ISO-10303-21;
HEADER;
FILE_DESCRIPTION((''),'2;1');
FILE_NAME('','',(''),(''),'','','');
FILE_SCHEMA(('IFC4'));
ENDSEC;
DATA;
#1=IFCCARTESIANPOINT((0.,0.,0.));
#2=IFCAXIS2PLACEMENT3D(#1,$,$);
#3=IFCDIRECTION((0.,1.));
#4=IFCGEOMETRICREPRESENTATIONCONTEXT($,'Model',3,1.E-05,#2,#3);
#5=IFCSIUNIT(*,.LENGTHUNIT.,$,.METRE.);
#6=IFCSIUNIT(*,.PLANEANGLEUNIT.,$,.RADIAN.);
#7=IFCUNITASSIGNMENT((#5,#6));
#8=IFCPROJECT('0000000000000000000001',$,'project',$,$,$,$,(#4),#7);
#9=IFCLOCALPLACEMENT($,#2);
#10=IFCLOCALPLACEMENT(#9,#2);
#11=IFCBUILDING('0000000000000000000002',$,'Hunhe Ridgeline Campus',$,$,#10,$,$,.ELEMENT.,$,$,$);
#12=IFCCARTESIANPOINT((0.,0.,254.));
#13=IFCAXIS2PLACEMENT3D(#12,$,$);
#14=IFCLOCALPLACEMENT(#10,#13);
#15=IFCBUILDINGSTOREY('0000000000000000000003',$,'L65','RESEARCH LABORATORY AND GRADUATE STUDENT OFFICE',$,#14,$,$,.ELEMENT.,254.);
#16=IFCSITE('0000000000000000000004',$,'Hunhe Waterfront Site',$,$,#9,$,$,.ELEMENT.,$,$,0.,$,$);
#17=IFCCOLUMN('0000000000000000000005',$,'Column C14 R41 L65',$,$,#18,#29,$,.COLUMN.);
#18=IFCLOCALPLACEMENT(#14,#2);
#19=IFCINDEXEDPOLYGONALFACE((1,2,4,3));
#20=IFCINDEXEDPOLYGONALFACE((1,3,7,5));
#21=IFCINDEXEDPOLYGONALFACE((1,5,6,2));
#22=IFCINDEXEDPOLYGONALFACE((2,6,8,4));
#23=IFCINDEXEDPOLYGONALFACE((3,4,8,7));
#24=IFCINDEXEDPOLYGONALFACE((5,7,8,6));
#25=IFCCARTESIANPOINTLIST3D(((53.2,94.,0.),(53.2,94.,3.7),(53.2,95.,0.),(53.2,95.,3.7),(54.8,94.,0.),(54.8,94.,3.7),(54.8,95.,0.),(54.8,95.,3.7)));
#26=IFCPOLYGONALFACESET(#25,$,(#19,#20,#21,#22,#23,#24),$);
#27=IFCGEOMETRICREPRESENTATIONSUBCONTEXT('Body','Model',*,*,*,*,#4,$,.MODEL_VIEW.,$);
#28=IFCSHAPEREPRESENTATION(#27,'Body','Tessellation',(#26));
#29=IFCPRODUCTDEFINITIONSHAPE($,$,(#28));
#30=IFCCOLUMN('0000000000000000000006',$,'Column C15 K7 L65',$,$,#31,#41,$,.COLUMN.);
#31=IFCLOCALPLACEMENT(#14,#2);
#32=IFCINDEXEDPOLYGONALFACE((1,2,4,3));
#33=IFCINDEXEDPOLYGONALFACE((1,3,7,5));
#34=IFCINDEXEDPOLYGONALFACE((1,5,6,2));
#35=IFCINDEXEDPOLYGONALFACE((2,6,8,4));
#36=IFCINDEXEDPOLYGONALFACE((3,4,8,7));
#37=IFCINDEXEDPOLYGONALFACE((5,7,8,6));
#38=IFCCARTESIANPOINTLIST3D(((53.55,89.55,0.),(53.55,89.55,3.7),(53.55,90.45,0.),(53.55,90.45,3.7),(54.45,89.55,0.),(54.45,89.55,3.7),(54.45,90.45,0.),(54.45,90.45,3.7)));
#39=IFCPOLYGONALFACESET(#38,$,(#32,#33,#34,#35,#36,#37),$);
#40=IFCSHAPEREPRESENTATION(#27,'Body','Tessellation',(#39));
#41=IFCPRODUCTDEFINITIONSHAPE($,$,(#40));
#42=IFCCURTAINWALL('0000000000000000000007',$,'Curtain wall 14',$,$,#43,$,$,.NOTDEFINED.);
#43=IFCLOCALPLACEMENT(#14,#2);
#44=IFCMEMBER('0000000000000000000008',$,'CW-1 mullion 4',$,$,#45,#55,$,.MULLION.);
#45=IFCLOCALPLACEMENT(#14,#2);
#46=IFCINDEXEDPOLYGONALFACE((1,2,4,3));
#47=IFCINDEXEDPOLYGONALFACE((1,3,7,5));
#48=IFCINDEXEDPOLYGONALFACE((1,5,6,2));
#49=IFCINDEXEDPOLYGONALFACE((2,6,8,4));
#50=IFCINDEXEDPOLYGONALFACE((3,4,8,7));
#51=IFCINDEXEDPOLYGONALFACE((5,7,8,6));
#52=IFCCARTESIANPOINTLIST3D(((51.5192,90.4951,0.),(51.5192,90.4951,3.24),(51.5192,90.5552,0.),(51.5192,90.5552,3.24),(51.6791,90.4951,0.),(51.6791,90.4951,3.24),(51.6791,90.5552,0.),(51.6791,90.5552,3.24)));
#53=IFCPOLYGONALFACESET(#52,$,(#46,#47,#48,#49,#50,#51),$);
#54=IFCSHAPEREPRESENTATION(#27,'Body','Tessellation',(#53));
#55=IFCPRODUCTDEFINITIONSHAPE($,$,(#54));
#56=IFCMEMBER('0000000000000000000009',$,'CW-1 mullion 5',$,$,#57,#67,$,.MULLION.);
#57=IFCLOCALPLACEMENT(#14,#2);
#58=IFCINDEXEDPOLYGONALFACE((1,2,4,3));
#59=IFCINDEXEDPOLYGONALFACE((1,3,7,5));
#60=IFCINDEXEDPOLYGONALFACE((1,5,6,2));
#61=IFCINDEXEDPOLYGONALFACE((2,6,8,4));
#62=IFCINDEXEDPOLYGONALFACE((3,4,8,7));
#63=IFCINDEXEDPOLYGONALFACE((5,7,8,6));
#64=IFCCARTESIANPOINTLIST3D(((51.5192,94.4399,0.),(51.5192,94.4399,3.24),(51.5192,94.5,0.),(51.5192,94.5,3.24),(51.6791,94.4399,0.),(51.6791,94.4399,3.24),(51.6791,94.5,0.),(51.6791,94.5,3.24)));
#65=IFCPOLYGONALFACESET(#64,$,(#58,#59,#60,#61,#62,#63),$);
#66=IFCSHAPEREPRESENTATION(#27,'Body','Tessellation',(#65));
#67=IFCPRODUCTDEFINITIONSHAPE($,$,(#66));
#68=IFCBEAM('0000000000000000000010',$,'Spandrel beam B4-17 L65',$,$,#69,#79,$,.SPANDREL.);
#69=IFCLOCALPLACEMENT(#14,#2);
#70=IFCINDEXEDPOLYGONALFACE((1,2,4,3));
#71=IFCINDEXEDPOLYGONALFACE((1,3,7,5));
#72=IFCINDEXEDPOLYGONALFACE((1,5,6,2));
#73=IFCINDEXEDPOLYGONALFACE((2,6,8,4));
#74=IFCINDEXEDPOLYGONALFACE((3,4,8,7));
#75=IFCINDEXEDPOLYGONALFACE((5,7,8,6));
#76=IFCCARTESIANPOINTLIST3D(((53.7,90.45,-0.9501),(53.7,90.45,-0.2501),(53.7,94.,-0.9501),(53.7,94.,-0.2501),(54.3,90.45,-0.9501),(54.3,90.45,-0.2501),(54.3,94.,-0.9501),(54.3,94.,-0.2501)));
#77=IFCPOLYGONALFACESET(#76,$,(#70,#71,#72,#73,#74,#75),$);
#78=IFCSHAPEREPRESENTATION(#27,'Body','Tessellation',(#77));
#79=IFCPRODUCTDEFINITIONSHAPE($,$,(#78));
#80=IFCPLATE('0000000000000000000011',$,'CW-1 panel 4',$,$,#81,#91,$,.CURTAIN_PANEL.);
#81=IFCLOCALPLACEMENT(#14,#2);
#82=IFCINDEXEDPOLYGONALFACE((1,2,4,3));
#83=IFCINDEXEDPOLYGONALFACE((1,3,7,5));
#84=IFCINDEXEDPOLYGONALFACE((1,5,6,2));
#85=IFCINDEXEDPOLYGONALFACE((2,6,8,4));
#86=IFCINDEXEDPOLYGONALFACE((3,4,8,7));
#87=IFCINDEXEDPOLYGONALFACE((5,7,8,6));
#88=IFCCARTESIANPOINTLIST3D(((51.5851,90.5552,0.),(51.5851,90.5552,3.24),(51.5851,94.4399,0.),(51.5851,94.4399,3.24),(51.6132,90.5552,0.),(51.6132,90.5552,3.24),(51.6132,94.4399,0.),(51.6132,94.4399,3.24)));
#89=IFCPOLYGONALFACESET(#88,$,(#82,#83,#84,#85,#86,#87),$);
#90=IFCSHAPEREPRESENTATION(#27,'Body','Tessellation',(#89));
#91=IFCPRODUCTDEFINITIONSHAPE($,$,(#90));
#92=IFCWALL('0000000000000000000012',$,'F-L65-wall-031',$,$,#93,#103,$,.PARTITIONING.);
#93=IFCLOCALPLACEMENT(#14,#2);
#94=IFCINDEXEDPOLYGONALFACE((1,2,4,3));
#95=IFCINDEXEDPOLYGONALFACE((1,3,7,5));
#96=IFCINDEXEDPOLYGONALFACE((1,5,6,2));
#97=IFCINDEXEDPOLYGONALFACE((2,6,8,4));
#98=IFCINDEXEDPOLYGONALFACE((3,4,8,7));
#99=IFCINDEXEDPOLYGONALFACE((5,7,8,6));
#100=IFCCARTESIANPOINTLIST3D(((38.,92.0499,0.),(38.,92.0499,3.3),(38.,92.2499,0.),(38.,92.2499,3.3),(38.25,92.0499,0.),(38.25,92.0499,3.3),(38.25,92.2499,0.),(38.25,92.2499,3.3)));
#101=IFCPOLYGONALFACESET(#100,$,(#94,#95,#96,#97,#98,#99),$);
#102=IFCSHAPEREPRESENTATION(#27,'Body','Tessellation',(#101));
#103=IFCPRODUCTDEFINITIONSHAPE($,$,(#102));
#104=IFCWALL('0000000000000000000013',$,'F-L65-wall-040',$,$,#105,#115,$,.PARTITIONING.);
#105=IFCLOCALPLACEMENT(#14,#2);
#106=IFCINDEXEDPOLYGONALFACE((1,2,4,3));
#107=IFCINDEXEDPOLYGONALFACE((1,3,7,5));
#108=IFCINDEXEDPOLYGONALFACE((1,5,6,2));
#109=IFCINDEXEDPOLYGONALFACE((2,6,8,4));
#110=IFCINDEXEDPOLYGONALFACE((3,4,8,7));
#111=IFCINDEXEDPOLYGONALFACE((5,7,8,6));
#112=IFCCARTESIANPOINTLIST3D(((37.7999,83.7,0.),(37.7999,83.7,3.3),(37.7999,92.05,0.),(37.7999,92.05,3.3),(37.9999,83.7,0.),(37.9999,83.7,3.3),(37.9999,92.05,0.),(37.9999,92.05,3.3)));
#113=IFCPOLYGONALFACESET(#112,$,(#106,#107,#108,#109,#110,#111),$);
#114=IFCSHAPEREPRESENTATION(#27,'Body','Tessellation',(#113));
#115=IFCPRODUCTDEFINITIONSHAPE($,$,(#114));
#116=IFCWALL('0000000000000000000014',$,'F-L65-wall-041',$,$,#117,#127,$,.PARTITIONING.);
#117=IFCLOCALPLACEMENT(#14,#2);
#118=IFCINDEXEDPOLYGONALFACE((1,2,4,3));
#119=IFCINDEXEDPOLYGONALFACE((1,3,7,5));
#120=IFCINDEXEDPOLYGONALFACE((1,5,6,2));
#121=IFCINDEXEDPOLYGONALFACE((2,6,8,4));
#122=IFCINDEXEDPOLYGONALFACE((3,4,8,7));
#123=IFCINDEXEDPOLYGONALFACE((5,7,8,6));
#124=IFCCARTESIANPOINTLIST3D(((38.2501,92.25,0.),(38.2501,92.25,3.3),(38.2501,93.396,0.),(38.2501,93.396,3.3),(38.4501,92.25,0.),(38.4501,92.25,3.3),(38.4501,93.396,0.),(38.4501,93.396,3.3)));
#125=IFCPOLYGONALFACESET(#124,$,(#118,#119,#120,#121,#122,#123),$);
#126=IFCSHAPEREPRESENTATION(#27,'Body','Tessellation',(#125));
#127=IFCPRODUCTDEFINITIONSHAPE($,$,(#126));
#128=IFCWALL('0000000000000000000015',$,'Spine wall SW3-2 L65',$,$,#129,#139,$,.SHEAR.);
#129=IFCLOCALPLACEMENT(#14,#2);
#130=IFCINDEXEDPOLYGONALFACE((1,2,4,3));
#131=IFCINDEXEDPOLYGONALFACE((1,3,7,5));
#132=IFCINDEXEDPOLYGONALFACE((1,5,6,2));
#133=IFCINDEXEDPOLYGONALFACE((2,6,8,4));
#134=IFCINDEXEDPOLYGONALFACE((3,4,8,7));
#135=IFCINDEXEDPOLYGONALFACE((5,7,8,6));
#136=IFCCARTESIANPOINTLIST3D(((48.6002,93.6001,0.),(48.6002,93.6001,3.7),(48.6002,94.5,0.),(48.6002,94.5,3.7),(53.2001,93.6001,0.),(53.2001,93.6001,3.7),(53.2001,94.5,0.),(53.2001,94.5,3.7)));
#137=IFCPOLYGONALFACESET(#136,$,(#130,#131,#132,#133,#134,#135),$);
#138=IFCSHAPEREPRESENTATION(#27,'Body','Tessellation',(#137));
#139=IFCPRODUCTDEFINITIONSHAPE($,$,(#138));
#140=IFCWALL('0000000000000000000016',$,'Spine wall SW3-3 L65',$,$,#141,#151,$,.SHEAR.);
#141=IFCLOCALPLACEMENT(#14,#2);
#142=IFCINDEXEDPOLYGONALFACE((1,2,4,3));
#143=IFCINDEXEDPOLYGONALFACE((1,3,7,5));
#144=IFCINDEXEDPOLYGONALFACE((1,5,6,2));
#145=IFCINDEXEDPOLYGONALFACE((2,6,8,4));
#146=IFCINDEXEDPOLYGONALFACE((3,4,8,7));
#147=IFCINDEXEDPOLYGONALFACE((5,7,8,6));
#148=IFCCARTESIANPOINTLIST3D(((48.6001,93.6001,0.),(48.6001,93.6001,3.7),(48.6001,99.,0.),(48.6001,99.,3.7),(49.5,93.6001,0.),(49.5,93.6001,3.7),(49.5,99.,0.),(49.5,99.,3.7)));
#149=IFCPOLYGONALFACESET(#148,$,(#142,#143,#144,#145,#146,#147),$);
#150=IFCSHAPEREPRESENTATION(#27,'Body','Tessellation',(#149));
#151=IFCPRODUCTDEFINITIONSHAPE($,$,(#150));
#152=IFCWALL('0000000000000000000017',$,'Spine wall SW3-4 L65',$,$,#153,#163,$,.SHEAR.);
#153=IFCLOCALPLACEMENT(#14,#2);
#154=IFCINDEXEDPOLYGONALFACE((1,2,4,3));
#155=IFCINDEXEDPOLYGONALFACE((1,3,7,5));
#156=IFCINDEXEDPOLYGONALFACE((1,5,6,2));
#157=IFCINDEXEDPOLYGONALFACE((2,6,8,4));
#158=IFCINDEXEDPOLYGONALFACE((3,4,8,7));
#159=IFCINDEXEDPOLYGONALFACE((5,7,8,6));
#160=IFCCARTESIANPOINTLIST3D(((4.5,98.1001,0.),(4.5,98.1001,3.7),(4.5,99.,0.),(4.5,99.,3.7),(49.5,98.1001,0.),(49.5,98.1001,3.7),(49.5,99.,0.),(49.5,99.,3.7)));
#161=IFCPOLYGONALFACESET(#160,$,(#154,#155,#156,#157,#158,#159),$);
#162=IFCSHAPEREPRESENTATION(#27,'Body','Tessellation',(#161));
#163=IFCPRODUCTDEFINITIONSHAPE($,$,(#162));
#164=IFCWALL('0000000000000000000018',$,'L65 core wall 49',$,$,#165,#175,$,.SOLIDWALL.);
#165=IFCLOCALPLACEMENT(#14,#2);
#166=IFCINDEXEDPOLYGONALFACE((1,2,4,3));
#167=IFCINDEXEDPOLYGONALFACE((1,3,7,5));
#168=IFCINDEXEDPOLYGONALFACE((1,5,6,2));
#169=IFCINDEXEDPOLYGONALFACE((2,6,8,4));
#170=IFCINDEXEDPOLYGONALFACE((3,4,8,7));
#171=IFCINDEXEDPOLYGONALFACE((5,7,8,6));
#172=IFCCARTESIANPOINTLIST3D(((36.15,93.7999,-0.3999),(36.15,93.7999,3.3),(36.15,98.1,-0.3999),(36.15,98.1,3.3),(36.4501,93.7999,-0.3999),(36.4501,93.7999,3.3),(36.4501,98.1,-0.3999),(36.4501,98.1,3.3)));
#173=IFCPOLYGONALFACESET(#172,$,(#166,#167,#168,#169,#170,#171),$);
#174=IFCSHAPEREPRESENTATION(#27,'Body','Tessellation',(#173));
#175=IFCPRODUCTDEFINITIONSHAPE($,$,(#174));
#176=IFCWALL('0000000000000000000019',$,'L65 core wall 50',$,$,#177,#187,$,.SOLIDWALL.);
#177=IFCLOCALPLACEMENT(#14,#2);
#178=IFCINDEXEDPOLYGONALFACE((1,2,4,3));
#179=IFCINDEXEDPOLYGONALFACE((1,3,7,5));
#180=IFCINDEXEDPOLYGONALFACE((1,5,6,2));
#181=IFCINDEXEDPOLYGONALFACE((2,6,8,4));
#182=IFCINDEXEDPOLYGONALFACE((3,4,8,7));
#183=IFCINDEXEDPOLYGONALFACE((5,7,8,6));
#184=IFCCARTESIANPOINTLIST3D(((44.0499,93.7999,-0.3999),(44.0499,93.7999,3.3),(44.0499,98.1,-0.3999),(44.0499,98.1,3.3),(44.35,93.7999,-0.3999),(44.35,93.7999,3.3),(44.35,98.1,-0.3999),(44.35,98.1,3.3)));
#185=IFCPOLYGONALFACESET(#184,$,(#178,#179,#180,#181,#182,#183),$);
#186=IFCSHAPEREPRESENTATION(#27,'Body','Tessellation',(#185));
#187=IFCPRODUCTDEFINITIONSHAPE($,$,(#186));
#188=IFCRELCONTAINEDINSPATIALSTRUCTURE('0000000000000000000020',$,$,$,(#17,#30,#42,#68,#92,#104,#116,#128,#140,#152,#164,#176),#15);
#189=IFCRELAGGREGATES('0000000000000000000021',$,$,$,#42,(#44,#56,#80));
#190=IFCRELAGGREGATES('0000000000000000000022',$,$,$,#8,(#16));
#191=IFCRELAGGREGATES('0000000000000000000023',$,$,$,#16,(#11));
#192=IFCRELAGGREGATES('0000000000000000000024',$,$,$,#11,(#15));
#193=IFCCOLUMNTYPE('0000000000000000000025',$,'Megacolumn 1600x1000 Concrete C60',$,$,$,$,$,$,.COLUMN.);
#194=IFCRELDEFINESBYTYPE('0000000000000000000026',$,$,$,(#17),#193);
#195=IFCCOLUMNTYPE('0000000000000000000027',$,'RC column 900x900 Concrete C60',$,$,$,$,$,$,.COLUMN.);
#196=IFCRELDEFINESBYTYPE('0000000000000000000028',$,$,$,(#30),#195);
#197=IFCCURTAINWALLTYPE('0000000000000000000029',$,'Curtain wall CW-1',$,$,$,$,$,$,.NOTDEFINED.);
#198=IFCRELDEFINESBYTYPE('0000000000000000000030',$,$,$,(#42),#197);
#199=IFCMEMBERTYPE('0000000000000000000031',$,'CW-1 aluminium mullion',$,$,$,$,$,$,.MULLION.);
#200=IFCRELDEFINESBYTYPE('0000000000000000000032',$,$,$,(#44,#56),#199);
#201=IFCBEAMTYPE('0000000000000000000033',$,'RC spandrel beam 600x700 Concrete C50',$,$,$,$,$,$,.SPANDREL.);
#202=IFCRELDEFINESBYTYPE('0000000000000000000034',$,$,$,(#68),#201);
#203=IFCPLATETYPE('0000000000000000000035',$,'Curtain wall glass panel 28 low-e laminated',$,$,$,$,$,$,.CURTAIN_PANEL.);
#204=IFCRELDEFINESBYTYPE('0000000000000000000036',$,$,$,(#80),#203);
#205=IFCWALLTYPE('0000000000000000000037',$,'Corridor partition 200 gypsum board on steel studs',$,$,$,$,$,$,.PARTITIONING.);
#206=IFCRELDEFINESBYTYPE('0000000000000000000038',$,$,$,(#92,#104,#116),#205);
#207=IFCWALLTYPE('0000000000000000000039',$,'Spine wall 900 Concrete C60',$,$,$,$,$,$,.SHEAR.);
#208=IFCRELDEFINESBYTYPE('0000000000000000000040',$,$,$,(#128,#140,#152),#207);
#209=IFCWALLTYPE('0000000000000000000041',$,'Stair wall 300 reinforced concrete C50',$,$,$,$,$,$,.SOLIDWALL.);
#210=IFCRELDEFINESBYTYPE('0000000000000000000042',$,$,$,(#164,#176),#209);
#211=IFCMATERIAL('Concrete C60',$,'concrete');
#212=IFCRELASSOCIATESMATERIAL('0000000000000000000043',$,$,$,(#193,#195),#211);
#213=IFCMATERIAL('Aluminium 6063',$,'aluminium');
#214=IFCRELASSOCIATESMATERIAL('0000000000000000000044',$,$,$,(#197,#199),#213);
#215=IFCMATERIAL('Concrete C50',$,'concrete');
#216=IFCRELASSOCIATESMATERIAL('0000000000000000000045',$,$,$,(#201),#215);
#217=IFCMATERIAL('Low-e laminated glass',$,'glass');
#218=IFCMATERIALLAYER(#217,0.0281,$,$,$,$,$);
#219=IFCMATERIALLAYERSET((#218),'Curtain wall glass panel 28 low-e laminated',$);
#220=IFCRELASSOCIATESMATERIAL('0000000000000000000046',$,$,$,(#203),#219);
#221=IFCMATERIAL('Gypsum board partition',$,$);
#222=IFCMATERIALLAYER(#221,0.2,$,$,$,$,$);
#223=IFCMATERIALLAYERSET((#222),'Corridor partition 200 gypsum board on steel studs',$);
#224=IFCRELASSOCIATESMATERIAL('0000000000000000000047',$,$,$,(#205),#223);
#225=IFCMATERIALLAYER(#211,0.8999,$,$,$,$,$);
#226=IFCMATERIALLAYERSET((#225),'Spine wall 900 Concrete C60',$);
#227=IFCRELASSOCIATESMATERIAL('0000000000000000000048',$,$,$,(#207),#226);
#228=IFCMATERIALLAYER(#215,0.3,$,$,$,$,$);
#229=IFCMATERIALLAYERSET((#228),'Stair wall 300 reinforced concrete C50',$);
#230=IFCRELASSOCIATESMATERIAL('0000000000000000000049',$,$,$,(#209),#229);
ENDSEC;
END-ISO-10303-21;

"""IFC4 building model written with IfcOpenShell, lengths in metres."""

from ifc_helpers import new_model, si_unit, direction, frame, frame_2d, origin, origin_2d, place, context, subcontext, project, spatial, rectangle, extrude, material, layer, layer_set, material_profile, profile_set, type_object, element, aggregate, save


model = new_model("IFC4")

# Units and contexts
model_context = context("Model", 3, precision=1e-05, world=origin(), true_north=direction((0.0, 1.0)))
body_context = subcontext(model_context, "Body", "Model", "MODEL_VIEW")
ifc_project = project(units=[si_unit("LENGTHUNIT", "METRE"), si_unit("PLANEANGLEUNIT", "RADIAN")], contexts=[model_context])

# Site, building, storey
site_placement = place(None, origin())
site = spatial("IfcSite", under=ifc_project, at=site_placement, Name="Hunhe Waterfront Site", CompositionType="ELEMENT", RefElevation=0.0)
building_placement = place(site_placement, origin())
building = spatial("IfcBuilding", under=site, at=building_placement, Name="Hunhe Ridgeline Campus", CompositionType="ELEMENT")
storey_placement = place(building_placement, frame((0.0, 0.0, 254.0)))
storey = spatial("IfcBuildingStorey", under=building, at=storey_placement, Name="L65", Description="RESEARCH LABORATORY AND GRADUATE STUDENT OFFICE", CompositionType="ELEMENT", Elevation=254.0)

# Columns
ifc_material_1 = material(Name="Concrete C60", Category="concrete")
ifc_material_profile_1 = material_profile(ifc_material_1, rectangle(XDim=1.6001, YDim=1.0, at=origin_2d()))
ifc_profile_set_1 = profile_set([ifc_material_profile_1], Name="Concrete C60")
column_type_1 = type_object("IfcColumnType", Name="Megacolumn 1600x1000 Concrete C60", PredefinedType="COLUMN", material=ifc_profile_set_1)
column_1_placement = place(storey_placement, frame((54.0, 94.5, 0.0), z_axis=(0.0, 0.0, 1.0), x_axis=(1.0, 0.0, 0.0)))
element("IfcColumn", 1, at=column_1_placement, inside=storey, type_object=column_type_1, Name="Column C14 R41 L65", PredefinedType="COLUMN", context=body_context, shape_type="SweptSolid", body=[
    extrude(rectangle(XDim=1.6001, YDim=1.0, at=origin_2d()), origin(), (0.0, 0.0, 1.0), 3.7),
])
ifc_material_profile_2 = material_profile(ifc_material_1, rectangle(XDim=0.8999, YDim=0.8999, at=origin_2d()))
ifc_profile_set_2 = profile_set([ifc_material_profile_2], Name="Concrete C60")
column_type_2 = type_object("IfcColumnType", Name="RC column 900x900 Concrete C60", PredefinedType="COLUMN", material=ifc_profile_set_2)
column_2_placement = place(storey_placement, frame((54.0, 90.0, 0.0), z_axis=(0.0, 0.0, 1.0), x_axis=(1.0, 0.0, 0.0)))
element("IfcColumn", 2, at=column_2_placement, inside=storey, type_object=column_type_2, Name="Column C15 K7 L65", PredefinedType="COLUMN", context=body_context, shape_type="SweptSolid", body=[
    extrude(rectangle(XDim=0.8999, YDim=0.8999, at=origin_2d()), origin(), (0.0, 0.0, 1.0), 3.7),
])

# Curtain wall, members
ifc_material_2 = material(Name="Aluminium 6063", Category="aluminium")
curtain_wall_type = type_object("IfcCurtainWallType", Name="Curtain wall CW-1", PredefinedType="NOTDEFINED", material=ifc_material_2)
curtain_wall_placement = place(storey_placement, origin())
curtain_wall = element("IfcCurtainWall", 3, at=curtain_wall_placement, inside=storey, type_object=curtain_wall_type, Name="Curtain wall 14", PredefinedType="NOTDEFINED")
ifc_material_profile_3 = material_profile(ifc_material_2, rectangle(XDim=0.1599, YDim=0.0601, at=origin_2d()))
ifc_profile_set_3 = profile_set([ifc_material_profile_3], Name="Aluminium 6063")
member_type = type_object("IfcMemberType", Name="CW-1 aluminium mullion", PredefinedType="MULLION", material=ifc_profile_set_3)
member_1_placement = place(storey_placement, frame((51.5991, 90.5251, 0.0), z_axis=(0.0, 0.0, 1.0), x_axis=(-1.0, 0.0, 0.0)))
member_1 = element("IfcMember", 4, at=member_1_placement, type_object=member_type, Name="CW-1 mullion 4", PredefinedType="MULLION", context=body_context, shape_type="SweptSolid", body=[
    extrude(rectangle(XDim=0.1599, YDim=0.0601, at=origin_2d()), origin(), (0.0, 0.0, 1.0), 3.24),
])
member_2_placement = place(storey_placement, frame((51.5991, 94.47, 0.0), z_axis=(0.0, 0.0, 1.0), x_axis=(-1.0, 0.0, 0.0)))
member_2 = element("IfcMember", 5, at=member_2_placement, type_object=member_type, Name="CW-1 mullion 5", PredefinedType="MULLION", context=body_context, shape_type="SweptSolid", body=[
    extrude(rectangle(XDim=0.1599, YDim=0.0601, at=origin_2d()), origin(), (0.0, 0.0, 1.0), 3.24),
])

# Beam
ifc_material_3 = material(Name="Concrete C50", Category="concrete")
ifc_material_profile_4 = material_profile(ifc_material_3, rectangle(XDim=0.6001, YDim=0.7, at=origin_2d()))
ifc_profile_set_4 = profile_set([ifc_material_profile_4], Name="Concrete C50")
beam_type = type_object("IfcBeamType", Name="RC spandrel beam 600x700 Concrete C50", PredefinedType="SPANDREL", material=ifc_profile_set_4)
beam_placement = place(storey_placement, frame((54.0, 90.45, -0.6001), z_axis=(0.0, 1.0, 0.0), x_axis=(-1.0, 0.0, 0.0)))
element("IfcBeam", 6, at=beam_placement, inside=storey, type_object=beam_type, Name="Spandrel beam B4-17 L65", PredefinedType="SPANDREL", context=body_context, shape_type="SweptSolid", body=[
    extrude(rectangle(XDim=0.6001, YDim=0.7, at=origin_2d()), origin(), (0.0, 0.0, 1.0), 3.55),
])

# Plate
ifc_material_4 = material(Name="Low-e laminated glass", Category="glass")
ifc_layer_1 = layer(ifc_material_4, 0.0281)
ifc_layer_set_1 = layer_set([ifc_layer_1], Name="Curtain wall glass panel 28 low-e laminated")
plate_type = type_object("IfcPlateType", Name="Curtain wall glass panel 28 low-e laminated", PredefinedType="CURTAIN_PANEL", material=ifc_layer_set_1)
plate_placement = place(storey_placement, frame((51.5991, 92.4976, 0.0), z_axis=(0.0, 0.0, 1.0), x_axis=(0.0, 1.0, 0.0)))
plate = element("IfcPlate", 7, at=plate_placement, type_object=plate_type, Name="CW-1 panel 4", PredefinedType="CURTAIN_PANEL", context=body_context, shape_type="SweptSolid", body=[
    extrude(rectangle(XDim=3.8848, YDim=0.0281, at=origin_2d()), origin(), (0.0, 0.0, 1.0), 3.24),
])
aggregate(curtain_wall, [member_1, member_2, plate])

# Walls
ifc_material_5 = material(Name="Gypsum board partition")
ifc_layer_2 = layer(ifc_material_5, 0.2)
ifc_layer_set_2 = layer_set([ifc_layer_2], Name="Corridor partition 200 gypsum board on steel studs")
wall_type_1 = type_object("IfcWallType", Name="Corridor partition 200 gypsum board on steel studs", PredefinedType="PARTITIONING", material=ifc_layer_set_2)
wall_1_placement = place(storey_placement, frame((38.25, 92.1499, 0.0), z_axis=(0.0, 0.0, 1.0), x_axis=(-1.0, 0.0, 0.0)))
element("IfcWall", 8, at=wall_1_placement, inside=storey, type_object=wall_type_1, Name="F-L65-wall-031", PredefinedType="PARTITIONING", context=body_context, shape_type="SweptSolid", body=[
    extrude(rectangle(XDim=0.25, YDim=0.2, at=frame_2d((0.125, 0.0))), origin(), (0.0, 0.0, 1.0), 3.3),
])
wall_2_placement = place(storey_placement, frame((37.8999, 92.05, 0.0), z_axis=(0.0, 0.0, 1.0), x_axis=(0.0, -1.0, 0.0)))
element("IfcWall", 9, at=wall_2_placement, inside=storey, type_object=wall_type_1, Name="F-L65-wall-040", PredefinedType="PARTITIONING", context=body_context, shape_type="SweptSolid", body=[
    extrude(rectangle(XDim=8.3501, YDim=0.2, at=frame_2d((4.175, 0.0))), origin(), (0.0, 0.0, 1.0), 3.3),
])
wall_3_placement = place(storey_placement, frame((38.3501, 93.396, 0.0), z_axis=(0.0, 0.0, 1.0), x_axis=(0.0, -1.0, 0.0)))
element("IfcWall", 10, at=wall_3_placement, inside=storey, type_object=wall_type_1, Name="F-L65-wall-041", PredefinedType="PARTITIONING", context=body_context, shape_type="SweptSolid", body=[
    extrude(rectangle(XDim=1.146, YDim=0.2, at=frame_2d((0.573, 0.0))), origin(), (0.0, 0.0, 1.0), 3.3),
])
ifc_layer_3 = layer(ifc_material_1, 0.8999)
ifc_layer_set_3 = layer_set([ifc_layer_3], Name="Spine wall 900 Concrete C60")
wall_type_2 = type_object("IfcWallType", Name="Spine wall 900 Concrete C60", PredefinedType="SHEAR", material=ifc_layer_set_3)
wall_4_placement = place(storey_placement, frame((53.2, 94.05, 0.0), z_axis=(0.0, 0.0, 1.0), x_axis=(-1.0, 0.0, 0.0)))
element("IfcWall", 11, at=wall_4_placement, inside=storey, type_object=wall_type_2, Name="Spine wall SW3-2 L65", PredefinedType="SHEAR", context=body_context, shape_type="SweptSolid", body=[
    extrude(rectangle(XDim=4.5999, YDim=0.8999, at=frame_2d((2.2998, 0.0))), origin(), (0.0, 0.0, 1.0), 3.7),
])
wall_5_placement = place(storey_placement, frame((49.05, 93.6001, 0.0), z_axis=(0.0, 0.0, 1.0), x_axis=(0.0, 1.0, 0.0)))
element("IfcWall", 12, at=wall_5_placement, inside=storey, type_object=wall_type_2, Name="Spine wall SW3-3 L65", PredefinedType="SHEAR", context=body_context, shape_type="SweptSolid", body=[
    extrude(rectangle(XDim=5.3999, YDim=0.8999, at=frame_2d((2.7, 0.0))), origin(), (0.0, 0.0, 1.0), 3.7),
])
wall_6_placement = place(storey_placement, frame((49.5, 98.55, 0.0), z_axis=(0.0, 0.0, 1.0), x_axis=(-1.0, 0.0, 0.0)))
element("IfcWall", 13, at=wall_6_placement, inside=storey, type_object=wall_type_2, Name="Spine wall SW3-4 L65", PredefinedType="SHEAR", context=body_context, shape_type="SweptSolid", body=[
    extrude(rectangle(XDim=45.0, YDim=0.8999, at=frame_2d((22.5, 0.0))), origin(), (0.0, 0.0, 1.0), 3.7),
])

# Shared definitions
ifc_layer_4 = layer(ifc_material_3, 0.3)
ifc_layer_set_4 = layer_set([ifc_layer_4], Name="Stair wall 300 reinforced concrete C50")
wall_type_3 = type_object("IfcWallType", Name="Stair wall 300 reinforced concrete C50", PredefinedType="SOLIDWALL", material=ifc_layer_set_4)

# Walls
for number, where, z_axis, x_axis, name in (
    (14, (36.3, 93.8, -0.3999), (0.0, 0.0, 1.0), (0.0, 1.0, 0.0), "L65 core wall 49"),
    (15, (44.2, 93.8, -0.3999), (0.0, 0.0, 1.0), (0.0, 1.0, 0.0), "L65 core wall 50"),
):
    element("IfcWall", number, at=place(storey_placement, frame(where, z_axis=z_axis, x_axis=x_axis)), inside=storey, type_object=wall_type_3, Name=name, PredefinedType="SOLIDWALL", context=body_context, shape_type="SweptSolid", body=[
        extrude(rectangle(XDim=4.3, YDim=0.3, at=frame_2d((2.1499, 0.0))), origin(), (0.0, 0.0, 1.0), 3.7),
    ])

save(model, "model.ifc")
